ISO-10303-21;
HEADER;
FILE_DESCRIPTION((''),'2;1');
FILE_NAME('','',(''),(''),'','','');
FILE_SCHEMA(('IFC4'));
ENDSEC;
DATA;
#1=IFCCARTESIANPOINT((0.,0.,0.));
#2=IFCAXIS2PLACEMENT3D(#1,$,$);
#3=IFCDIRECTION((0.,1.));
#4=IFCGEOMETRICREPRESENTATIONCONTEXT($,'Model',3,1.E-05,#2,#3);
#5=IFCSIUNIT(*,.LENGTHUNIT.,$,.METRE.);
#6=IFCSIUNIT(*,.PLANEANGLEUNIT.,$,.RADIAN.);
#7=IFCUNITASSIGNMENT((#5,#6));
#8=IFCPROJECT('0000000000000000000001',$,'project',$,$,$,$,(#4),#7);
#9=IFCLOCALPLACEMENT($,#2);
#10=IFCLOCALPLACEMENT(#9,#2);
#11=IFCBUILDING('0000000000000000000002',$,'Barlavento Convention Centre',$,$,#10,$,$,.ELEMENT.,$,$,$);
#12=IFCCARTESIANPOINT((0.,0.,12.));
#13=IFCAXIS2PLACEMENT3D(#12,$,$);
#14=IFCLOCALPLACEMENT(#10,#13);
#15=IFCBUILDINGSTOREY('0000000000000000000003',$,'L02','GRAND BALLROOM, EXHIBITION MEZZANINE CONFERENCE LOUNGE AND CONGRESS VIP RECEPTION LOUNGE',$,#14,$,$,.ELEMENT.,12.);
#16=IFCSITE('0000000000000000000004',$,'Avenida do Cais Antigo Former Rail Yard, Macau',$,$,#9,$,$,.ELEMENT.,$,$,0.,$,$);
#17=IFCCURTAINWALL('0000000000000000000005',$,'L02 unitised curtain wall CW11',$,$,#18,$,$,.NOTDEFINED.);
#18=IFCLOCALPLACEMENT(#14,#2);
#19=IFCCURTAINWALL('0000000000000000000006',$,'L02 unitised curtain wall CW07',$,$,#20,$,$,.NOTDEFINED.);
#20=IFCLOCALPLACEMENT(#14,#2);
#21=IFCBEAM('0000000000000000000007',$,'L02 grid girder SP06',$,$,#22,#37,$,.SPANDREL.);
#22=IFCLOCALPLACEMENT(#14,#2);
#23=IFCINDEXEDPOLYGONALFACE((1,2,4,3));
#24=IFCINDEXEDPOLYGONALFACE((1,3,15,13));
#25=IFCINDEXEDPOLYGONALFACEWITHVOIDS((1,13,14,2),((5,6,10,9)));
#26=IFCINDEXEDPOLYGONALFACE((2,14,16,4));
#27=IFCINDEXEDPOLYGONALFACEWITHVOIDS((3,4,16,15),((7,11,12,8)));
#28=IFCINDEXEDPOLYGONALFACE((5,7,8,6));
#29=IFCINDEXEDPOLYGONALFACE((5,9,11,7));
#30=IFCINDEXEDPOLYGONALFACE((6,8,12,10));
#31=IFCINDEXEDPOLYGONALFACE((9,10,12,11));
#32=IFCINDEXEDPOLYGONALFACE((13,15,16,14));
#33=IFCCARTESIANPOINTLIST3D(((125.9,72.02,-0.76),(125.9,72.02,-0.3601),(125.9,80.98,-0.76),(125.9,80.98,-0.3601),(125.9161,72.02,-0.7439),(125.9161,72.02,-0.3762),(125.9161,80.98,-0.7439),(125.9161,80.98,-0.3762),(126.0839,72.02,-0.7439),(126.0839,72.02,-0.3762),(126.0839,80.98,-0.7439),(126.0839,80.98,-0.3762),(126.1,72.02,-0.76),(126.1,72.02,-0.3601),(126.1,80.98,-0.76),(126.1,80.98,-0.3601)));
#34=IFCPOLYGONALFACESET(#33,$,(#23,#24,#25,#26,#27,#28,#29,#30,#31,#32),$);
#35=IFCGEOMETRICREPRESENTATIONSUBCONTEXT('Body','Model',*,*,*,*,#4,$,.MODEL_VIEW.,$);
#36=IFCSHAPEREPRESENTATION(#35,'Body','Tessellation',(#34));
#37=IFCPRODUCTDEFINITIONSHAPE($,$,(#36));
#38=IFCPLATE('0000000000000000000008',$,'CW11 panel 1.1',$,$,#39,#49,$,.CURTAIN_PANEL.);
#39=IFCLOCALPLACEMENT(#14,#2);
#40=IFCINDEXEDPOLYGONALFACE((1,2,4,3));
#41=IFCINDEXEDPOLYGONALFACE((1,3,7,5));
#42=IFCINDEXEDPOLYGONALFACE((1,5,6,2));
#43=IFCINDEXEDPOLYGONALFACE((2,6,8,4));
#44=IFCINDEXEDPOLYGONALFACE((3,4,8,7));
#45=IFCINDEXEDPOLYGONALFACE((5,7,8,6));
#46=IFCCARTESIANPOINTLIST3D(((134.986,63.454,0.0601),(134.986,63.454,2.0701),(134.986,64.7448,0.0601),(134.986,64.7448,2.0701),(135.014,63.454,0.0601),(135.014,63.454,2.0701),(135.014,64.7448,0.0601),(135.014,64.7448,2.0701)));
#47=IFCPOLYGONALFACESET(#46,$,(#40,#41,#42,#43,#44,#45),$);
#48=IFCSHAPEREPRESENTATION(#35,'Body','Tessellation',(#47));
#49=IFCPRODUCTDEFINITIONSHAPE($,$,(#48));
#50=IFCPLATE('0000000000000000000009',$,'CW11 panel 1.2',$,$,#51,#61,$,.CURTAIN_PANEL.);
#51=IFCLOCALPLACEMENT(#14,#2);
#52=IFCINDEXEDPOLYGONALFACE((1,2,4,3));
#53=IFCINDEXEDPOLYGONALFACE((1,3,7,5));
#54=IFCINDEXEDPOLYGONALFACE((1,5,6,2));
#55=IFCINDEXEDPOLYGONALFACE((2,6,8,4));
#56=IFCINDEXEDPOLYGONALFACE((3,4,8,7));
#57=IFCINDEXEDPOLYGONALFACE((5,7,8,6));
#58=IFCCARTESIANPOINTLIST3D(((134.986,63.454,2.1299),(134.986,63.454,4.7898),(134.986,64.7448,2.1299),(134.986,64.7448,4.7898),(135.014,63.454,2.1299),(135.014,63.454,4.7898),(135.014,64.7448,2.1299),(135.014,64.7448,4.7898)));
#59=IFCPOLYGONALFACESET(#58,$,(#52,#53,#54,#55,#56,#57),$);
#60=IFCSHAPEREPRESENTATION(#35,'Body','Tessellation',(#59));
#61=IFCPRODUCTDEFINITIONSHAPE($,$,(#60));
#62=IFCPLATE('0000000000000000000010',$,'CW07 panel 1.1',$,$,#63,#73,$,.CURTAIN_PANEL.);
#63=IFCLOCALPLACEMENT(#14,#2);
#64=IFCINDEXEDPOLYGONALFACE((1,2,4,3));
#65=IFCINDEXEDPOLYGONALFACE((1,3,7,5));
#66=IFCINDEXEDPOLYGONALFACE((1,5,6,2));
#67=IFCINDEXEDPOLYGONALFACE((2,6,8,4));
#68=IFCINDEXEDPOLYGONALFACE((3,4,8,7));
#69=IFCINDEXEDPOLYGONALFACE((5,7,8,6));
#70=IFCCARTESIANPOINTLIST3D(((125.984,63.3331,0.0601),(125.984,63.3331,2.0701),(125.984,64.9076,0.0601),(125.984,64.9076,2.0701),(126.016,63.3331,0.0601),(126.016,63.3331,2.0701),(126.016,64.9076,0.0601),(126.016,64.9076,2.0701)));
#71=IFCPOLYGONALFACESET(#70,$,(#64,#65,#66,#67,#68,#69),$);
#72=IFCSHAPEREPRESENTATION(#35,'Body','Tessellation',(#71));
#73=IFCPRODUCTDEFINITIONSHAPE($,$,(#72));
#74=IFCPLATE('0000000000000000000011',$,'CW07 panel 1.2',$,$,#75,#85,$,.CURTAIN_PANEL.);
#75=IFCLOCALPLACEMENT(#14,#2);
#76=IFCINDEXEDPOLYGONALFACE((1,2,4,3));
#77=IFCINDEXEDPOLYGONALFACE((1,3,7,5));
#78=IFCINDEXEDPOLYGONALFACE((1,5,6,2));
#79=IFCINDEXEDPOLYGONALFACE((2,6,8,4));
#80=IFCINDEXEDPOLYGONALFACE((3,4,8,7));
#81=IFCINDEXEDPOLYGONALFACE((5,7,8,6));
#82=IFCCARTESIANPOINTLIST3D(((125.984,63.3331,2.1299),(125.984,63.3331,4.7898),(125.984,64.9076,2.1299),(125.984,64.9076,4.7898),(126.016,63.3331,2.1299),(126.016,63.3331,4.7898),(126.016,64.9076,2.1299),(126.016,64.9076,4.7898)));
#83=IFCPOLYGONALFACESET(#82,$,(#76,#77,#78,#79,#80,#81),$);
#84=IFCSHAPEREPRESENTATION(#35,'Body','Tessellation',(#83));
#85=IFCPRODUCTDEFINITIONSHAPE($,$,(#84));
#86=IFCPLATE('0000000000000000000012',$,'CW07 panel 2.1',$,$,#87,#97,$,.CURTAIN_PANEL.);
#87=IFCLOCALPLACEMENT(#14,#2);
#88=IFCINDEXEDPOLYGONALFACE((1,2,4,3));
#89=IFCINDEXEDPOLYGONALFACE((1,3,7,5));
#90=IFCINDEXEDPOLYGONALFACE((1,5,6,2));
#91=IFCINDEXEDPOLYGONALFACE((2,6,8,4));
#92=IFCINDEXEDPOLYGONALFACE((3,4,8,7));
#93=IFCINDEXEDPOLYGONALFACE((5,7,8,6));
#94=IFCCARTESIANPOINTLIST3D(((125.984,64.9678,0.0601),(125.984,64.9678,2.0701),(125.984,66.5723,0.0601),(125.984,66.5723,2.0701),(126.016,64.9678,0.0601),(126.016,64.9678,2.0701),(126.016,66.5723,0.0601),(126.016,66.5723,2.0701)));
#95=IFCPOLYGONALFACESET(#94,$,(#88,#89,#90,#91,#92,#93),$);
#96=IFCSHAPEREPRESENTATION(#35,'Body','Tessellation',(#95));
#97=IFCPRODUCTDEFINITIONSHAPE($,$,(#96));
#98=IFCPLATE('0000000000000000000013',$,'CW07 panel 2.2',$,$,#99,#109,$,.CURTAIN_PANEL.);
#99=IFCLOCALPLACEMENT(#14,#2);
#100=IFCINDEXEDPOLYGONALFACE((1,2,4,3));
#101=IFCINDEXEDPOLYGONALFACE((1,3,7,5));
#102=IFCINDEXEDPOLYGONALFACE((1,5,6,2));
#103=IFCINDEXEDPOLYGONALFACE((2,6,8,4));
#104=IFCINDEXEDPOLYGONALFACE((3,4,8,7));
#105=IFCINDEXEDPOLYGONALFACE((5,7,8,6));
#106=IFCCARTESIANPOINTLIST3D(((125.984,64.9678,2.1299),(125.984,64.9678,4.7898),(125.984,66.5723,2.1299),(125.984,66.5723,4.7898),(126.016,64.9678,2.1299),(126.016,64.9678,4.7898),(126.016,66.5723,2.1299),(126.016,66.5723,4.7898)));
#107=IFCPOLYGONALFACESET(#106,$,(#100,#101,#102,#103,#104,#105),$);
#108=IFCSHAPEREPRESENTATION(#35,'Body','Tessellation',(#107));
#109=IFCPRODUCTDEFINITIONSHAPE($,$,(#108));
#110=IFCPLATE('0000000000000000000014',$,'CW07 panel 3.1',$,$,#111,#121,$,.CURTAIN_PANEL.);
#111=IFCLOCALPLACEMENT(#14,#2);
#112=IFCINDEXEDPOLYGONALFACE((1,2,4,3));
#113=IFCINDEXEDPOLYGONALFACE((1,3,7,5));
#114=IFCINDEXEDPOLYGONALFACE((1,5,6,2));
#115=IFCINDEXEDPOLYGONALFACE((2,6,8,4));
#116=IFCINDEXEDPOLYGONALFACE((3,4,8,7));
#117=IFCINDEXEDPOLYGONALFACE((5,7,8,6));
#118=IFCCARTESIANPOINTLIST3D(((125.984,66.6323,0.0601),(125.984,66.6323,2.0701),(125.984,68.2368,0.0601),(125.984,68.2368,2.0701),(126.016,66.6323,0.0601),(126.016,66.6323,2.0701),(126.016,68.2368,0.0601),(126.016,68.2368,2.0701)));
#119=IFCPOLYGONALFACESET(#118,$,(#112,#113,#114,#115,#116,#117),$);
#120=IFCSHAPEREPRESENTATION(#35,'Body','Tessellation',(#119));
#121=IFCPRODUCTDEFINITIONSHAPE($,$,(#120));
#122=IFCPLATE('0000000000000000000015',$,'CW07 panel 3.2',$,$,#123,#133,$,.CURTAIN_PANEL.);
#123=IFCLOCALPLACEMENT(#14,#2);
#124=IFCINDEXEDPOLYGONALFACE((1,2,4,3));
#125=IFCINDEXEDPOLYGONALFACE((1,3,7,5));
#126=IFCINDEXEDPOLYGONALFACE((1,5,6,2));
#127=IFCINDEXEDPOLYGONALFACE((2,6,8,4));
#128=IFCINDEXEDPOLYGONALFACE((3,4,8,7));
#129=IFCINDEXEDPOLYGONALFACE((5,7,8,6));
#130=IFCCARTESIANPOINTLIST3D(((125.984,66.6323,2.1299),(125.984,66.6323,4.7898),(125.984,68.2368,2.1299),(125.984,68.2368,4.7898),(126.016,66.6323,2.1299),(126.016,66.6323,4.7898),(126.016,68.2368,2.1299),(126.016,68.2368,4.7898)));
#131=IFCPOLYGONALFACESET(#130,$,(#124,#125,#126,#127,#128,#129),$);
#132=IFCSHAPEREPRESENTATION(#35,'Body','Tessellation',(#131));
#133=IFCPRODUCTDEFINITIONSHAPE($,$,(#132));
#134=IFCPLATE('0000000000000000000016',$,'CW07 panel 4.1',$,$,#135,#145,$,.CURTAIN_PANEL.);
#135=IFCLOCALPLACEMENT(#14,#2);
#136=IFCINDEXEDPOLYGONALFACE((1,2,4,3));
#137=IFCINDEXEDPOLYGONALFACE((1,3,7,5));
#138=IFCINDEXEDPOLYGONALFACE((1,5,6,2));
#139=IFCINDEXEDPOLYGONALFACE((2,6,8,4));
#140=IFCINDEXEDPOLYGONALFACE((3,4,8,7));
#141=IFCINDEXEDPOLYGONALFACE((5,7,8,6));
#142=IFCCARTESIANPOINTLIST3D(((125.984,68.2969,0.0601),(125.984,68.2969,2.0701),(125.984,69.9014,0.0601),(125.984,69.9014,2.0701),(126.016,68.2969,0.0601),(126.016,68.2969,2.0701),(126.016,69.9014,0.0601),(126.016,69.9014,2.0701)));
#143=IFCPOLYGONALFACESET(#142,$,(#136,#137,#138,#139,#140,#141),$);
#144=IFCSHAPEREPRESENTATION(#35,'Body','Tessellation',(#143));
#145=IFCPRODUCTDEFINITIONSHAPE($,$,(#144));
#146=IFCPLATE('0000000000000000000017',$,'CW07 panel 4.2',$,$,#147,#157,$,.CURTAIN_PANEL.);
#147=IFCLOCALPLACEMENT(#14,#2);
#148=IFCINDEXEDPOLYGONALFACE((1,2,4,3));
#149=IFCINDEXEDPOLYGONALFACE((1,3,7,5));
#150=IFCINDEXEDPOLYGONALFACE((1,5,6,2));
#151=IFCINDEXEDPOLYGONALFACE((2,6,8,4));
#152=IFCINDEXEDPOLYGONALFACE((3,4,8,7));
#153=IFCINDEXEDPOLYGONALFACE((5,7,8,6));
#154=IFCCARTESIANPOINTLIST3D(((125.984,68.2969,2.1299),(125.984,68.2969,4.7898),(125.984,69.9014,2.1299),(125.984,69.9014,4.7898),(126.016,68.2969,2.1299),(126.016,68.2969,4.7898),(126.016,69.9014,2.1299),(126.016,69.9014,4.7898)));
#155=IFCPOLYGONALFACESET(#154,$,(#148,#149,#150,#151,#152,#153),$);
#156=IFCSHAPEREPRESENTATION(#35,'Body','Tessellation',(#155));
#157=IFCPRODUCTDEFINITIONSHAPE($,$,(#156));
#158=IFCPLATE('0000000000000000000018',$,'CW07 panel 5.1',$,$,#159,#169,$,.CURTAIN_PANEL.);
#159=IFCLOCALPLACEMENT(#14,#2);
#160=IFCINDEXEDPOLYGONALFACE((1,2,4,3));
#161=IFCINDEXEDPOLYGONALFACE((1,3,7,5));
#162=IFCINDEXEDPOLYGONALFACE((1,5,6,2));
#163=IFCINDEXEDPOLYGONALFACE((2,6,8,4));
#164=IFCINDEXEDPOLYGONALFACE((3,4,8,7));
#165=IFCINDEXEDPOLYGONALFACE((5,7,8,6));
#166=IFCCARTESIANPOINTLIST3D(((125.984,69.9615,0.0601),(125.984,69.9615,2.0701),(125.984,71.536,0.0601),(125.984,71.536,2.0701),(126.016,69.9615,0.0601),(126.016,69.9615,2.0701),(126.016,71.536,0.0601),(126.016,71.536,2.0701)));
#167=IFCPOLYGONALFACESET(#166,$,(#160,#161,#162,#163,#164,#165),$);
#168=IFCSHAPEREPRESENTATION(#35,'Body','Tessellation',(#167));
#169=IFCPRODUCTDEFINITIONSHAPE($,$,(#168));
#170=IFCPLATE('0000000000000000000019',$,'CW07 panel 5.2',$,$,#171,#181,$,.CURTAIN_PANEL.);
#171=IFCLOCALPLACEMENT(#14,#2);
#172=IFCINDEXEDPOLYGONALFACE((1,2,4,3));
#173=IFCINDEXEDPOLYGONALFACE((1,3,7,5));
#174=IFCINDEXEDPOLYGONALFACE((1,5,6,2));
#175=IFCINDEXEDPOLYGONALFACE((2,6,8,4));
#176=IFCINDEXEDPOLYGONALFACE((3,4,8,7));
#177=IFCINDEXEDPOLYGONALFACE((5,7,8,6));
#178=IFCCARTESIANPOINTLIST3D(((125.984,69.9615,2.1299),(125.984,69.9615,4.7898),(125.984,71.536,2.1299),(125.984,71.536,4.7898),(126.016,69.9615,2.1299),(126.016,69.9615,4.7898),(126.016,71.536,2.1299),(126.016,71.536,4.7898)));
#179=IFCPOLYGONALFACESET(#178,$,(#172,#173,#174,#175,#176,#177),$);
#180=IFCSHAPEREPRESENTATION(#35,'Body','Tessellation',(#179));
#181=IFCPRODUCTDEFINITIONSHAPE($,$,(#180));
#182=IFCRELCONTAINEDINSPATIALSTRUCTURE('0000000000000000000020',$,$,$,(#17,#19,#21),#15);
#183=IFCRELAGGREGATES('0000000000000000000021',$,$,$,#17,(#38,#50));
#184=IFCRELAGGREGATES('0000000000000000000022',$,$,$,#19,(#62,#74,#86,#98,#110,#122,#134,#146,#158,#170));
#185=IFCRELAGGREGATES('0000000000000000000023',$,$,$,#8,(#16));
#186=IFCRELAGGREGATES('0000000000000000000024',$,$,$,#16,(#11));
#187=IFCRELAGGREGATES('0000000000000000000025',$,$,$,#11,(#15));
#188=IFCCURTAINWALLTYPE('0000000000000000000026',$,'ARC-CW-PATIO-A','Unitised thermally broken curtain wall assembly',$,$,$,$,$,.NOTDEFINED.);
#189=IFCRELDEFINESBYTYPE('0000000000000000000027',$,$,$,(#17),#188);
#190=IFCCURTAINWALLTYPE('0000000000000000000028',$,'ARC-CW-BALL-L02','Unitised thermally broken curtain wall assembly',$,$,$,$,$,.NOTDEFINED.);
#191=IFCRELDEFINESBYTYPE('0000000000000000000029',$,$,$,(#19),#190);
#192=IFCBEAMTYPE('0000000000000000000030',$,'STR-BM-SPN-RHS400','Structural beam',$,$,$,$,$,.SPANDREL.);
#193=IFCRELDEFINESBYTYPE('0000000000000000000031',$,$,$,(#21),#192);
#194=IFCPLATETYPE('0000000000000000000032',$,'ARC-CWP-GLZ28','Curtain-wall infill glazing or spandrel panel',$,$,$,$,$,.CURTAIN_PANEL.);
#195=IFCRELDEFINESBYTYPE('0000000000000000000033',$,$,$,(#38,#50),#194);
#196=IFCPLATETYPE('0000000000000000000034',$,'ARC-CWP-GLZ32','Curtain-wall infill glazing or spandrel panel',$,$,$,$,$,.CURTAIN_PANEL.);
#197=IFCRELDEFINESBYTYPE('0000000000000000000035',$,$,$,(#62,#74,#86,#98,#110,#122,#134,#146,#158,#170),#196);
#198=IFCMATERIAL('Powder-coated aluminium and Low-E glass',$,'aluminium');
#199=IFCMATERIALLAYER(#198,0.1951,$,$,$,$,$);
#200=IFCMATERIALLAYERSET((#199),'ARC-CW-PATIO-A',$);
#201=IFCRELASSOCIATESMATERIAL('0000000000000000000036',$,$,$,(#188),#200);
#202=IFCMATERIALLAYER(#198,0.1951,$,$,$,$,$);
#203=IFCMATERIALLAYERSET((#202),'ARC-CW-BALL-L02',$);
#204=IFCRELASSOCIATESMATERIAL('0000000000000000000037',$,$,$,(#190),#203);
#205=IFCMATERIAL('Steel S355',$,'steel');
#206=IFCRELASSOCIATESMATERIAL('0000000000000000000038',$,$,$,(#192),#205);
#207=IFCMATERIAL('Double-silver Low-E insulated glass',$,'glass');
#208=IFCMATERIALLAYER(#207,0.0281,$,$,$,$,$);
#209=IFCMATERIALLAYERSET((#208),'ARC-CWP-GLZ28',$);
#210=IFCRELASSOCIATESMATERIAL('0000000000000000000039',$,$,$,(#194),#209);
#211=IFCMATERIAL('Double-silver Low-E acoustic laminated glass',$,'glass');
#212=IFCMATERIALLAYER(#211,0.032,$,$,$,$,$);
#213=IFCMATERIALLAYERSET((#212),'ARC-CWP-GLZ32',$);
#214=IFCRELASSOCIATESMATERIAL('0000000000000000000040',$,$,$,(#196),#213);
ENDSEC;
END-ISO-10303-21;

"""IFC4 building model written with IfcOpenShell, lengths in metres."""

from ifc_helpers import new_model, si_unit, direction, frame, origin, origin_2d, place, context, subcontext, project, spatial, rectangle, hollow_rectangle, extrude, material, layer, layer_set, material_profile, profile_set, type_object, element, aggregate, save


model = new_model("IFC4")

# Units and contexts
model_context = context("Model", 3, precision=1e-05, world=origin(), true_north=direction((0.0, 1.0)))
body_context = subcontext(model_context, "Body", "Model", "MODEL_VIEW")
ifc_project = project(units=[si_unit("LENGTHUNIT", "METRE"), si_unit("PLANEANGLEUNIT", "RADIAN")], contexts=[model_context])

# Site, building, storey
site_placement = place(None, origin())
site = spatial("IfcSite", under=ifc_project, at=site_placement, Name="Avenida do Cais Antigo Former Rail Yard, Macau", CompositionType="ELEMENT", RefElevation=0.0)
building_placement = place(site_placement, origin())
building = spatial("IfcBuilding", under=site, at=building_placement, Name="Barlavento Convention Centre", CompositionType="ELEMENT")
storey_placement = place(building_placement, frame((0.0, 0.0, 12.0)))
storey = spatial("IfcBuildingStorey", under=building, at=storey_placement, Name="L02", Description="GRAND BALLROOM, EXHIBITION MEZZANINE CONFERENCE LOUNGE AND CONGRESS VIP RECEPTION LOUNGE", CompositionType="ELEMENT", Elevation=12.0)

# Curtain walls
ifc_material_1 = material(Name="Powder-coated aluminium and Low-E glass", Category="aluminium")
ifc_layer_1 = layer(ifc_material_1, 0.1951)
ifc_layer_set_1 = layer_set([ifc_layer_1], Name="ARC-CW-PATIO-A")
curtain_wall_type_1 = type_object("IfcCurtainWallType", Name="ARC-CW-PATIO-A", Description="Unitised thermally broken curtain wall assembly", PredefinedType="NOTDEFINED", material=ifc_layer_set_1)
curtain_wall_1_placement = place(storey_placement, origin())
curtain_wall_1 = element("IfcCurtainWall", 1, at=curtain_wall_1_placement, inside=storey, type_object=curtain_wall_type_1, Name="L02 unitised curtain wall CW11", PredefinedType="NOTDEFINED")
ifc_layer_2 = layer(ifc_material_1, 0.1951)
ifc_layer_set_2 = layer_set([ifc_layer_2], Name="ARC-CW-BALL-L02")
curtain_wall_type_2 = type_object("IfcCurtainWallType", Name="ARC-CW-BALL-L02", Description="Unitised thermally broken curtain wall assembly", PredefinedType="NOTDEFINED", material=ifc_layer_set_2)
curtain_wall_2_placement = place(storey_placement, origin())
curtain_wall_2 = element("IfcCurtainWall", 2, at=curtain_wall_2_placement, inside=storey, type_object=curtain_wall_type_2, Name="L02 unitised curtain wall CW07", PredefinedType="NOTDEFINED")

# Beam
ifc_material_2 = material(Name="Steel S355", Category="steel")
ifc_material_profile_1 = material_profile(ifc_material_2, hollow_rectangle(XDim=0.2, YDim=0.3999, WallThickness=0.0161, at=origin_2d()), Name="RHS 400x200x16.0")
ifc_profile_set_1 = profile_set([ifc_material_profile_1], Name="Steel S355")
beam_type_1 = type_object("IfcBeamType", Name="STR-BM-SPN-RHS400", Description="Structural beam", PredefinedType="SPANDREL", material=ifc_profile_set_1)
beam_1_placement = place(storey_placement, frame((126.0, 72.02, -0.5601), z_axis=(0.0, 1.0, 0.0), x_axis=(-1.0, 0.0, 0.0)))
element("IfcBeam", 3, at=beam_1_placement, inside=storey, type_object=beam_type_1, Name="L02 grid girder SP06", PredefinedType="SPANDREL", context=body_context, shape_type="SweptSolid", body=[
    extrude(hollow_rectangle(XDim=0.2, YDim=0.3999, WallThickness=0.0161, at=origin_2d()), origin(), (0.0, 0.0, 1.0), 8.96),
])

# Plates
ifc_material_3 = material(Name="Double-silver Low-E insulated glass", Category="glass")
ifc_layer_3 = layer(ifc_material_3, 0.0281)
ifc_layer_set_3 = layer_set([ifc_layer_3], Name="ARC-CWP-GLZ28")
plate_type_1 = type_object("IfcPlateType", Name="ARC-CWP-GLZ28", Description="Curtain-wall infill glazing or spandrel panel", PredefinedType="CURTAIN_PANEL", material=ifc_layer_set_3)
plate_1_placement = place(storey_placement, frame((135.0, 64.0994, 0.0601), z_axis=(0.0, 0.0, 1.0), x_axis=(0.0, 1.0, 0.0)))
plate_1 = element("IfcPlate", 4, at=plate_1_placement, type_object=plate_type_1, Name="CW11 panel 1.1", PredefinedType="CURTAIN_PANEL", context=body_context, shape_type="SweptSolid", body=[
    extrude(rectangle(XDim=1.2908, YDim=0.0281, at=origin_2d()), origin(), (0.0, 0.0, 1.0), 2.01),
])
plate_2_placement = place(storey_placement, frame((135.0, 64.0994, 2.1299), z_axis=(0.0, 0.0, 1.0), x_axis=(0.0, 1.0, 0.0)))
plate_2 = element("IfcPlate", 5, at=plate_2_placement, type_object=plate_type_1, Name="CW11 panel 1.2", PredefinedType="CURTAIN_PANEL", context=body_context, shape_type="SweptSolid", body=[
    extrude(rectangle(XDim=1.2908, YDim=0.0281, at=origin_2d()), origin(), (0.0, 0.0, 1.0), 2.6599),
])
aggregate(curtain_wall_1, [plate_1, plate_2])
ifc_material_4 = material(Name="Double-silver Low-E acoustic laminated glass", Category="glass")
ifc_layer_4 = layer(ifc_material_4, 0.032)
ifc_layer_set_4 = layer_set([ifc_layer_4], Name="ARC-CWP-GLZ32")
plate_type_2 = type_object("IfcPlateType", Name="ARC-CWP-GLZ32", Description="Curtain-wall infill glazing or spandrel panel", PredefinedType="CURTAIN_PANEL", material=ifc_layer_set_4)
plate_3_placement = place(storey_placement, frame((126.0, 64.1204, 0.0601), z_axis=(0.0, 0.0, 1.0), x_axis=(0.0, 1.0, 0.0)))
plate_3 = element("IfcPlate", 6, at=plate_3_placement, type_object=plate_type_2, Name="CW07 panel 1.1", PredefinedType="CURTAIN_PANEL", context=body_context, shape_type="SweptSolid", body=[
    extrude(rectangle(XDim=1.5745, YDim=0.032, at=origin_2d()), origin(), (0.0, 0.0, 1.0), 2.01),
])
plate_4_placement = place(storey_placement, frame((126.0, 64.1204, 2.1299), z_axis=(0.0, 0.0, 1.0), x_axis=(0.0, 1.0, 0.0)))
plate_4 = element("IfcPlate", 7, at=plate_4_placement, type_object=plate_type_2, Name="CW07 panel 1.2", PredefinedType="CURTAIN_PANEL", context=body_context, shape_type="SweptSolid", body=[
    extrude(rectangle(XDim=1.5745, YDim=0.032, at=origin_2d()), origin(), (0.0, 0.0, 1.0), 2.6599),
])
plate_5_placement = place(storey_placement, frame((126.0, 65.77, 0.0601), z_axis=(0.0, 0.0, 1.0), x_axis=(0.0, 1.0, 0.0)))
plate_5 = element("IfcPlate", 8, at=plate_5_placement, type_object=plate_type_2, Name="CW07 panel 2.1", PredefinedType="CURTAIN_PANEL", context=body_context, shape_type="SweptSolid", body=[
    extrude(rectangle(XDim=1.6045, YDim=0.032, at=origin_2d()), origin(), (0.0, 0.0, 1.0), 2.01),
])
plate_6_placement = place(storey_placement, frame((126.0, 65.77, 2.1299), z_axis=(0.0, 0.0, 1.0), x_axis=(0.0, 1.0, 0.0)))
plate_6 = element("IfcPlate", 9, at=plate_6_placement, type_object=plate_type_2, Name="CW07 panel 2.2", PredefinedType="CURTAIN_PANEL", context=body_context, shape_type="SweptSolid", body=[
    extrude(rectangle(XDim=1.6045, YDim=0.032, at=origin_2d()), origin(), (0.0, 0.0, 1.0), 2.6599),
])
plate_7_placement = place(storey_placement, frame((126.0, 67.4346, 0.0601), z_axis=(0.0, 0.0, 1.0), x_axis=(0.0, 1.0, 0.0)))
plate_7 = element("IfcPlate", 10, at=plate_7_placement, type_object=plate_type_2, Name="CW07 panel 3.1", PredefinedType="CURTAIN_PANEL", context=body_context, shape_type="SweptSolid", body=[
    extrude(rectangle(XDim=1.6045, YDim=0.032, at=origin_2d()), origin(), (0.0, 0.0, 1.0), 2.01),
])
plate_8_placement = place(storey_placement, frame((126.0, 67.4346, 2.1299), z_axis=(0.0, 0.0, 1.0), x_axis=(0.0, 1.0, 0.0)))
plate_8 = element("IfcPlate", 11, at=plate_8_placement, type_object=plate_type_2, Name="CW07 panel 3.2", PredefinedType="CURTAIN_PANEL", context=body_context, shape_type="SweptSolid", body=[
    extrude(rectangle(XDim=1.6045, YDim=0.032, at=origin_2d()), origin(), (0.0, 0.0, 1.0), 2.6599),
])
plate_9_placement = place(storey_placement, frame((126.0, 69.0991, 0.0601), z_axis=(0.0, 0.0, 1.0), x_axis=(0.0, 1.0, 0.0)))
plate_9 = element("IfcPlate", 12, at=plate_9_placement, type_object=plate_type_2, Name="CW07 panel 4.1", PredefinedType="CURTAIN_PANEL", context=body_context, shape_type="SweptSolid", body=[
    extrude(rectangle(XDim=1.6045, YDim=0.032, at=origin_2d()), origin(), (0.0, 0.0, 1.0), 2.01),
])
plate_10_placement = place(storey_placement, frame((126.0, 69.0991, 2.1299), z_axis=(0.0, 0.0, 1.0), x_axis=(0.0, 1.0, 0.0)))
plate_10 = element("IfcPlate", 13, at=plate_10_placement, type_object=plate_type_2, Name="CW07 panel 4.2", PredefinedType="CURTAIN_PANEL", context=body_context, shape_type="SweptSolid", body=[
    extrude(rectangle(XDim=1.6045, YDim=0.032, at=origin_2d()), origin(), (0.0, 0.0, 1.0), 2.6599),
])
plate_11_placement = place(storey_placement, frame((126.0, 70.7488, 0.0601), z_axis=(0.0, 0.0, 1.0), x_axis=(0.0, 1.0, 0.0)))
plate_11 = element("IfcPlate", 14, at=plate_11_placement, type_object=plate_type_2, Name="CW07 panel 5.1", PredefinedType="CURTAIN_PANEL", context=body_context, shape_type="SweptSolid", body=[
    extrude(rectangle(XDim=1.5745, YDim=0.032, at=origin_2d()), origin(), (0.0, 0.0, 1.0), 2.01),
])
plate_12_placement = place(storey_placement, frame((126.0, 70.7488, 2.1299), z_axis=(0.0, 0.0, 1.0), x_axis=(0.0, 1.0, 0.0)))
plate_12 = element("IfcPlate", 15, at=plate_12_placement, type_object=plate_type_2, Name="CW07 panel 5.2", PredefinedType="CURTAIN_PANEL", context=body_context, shape_type="SweptSolid", body=[
    extrude(rectangle(XDim=1.5745, YDim=0.032, at=origin_2d()), origin(), (0.0, 0.0, 1.0), 2.6599),
])
aggregate(curtain_wall_2, [plate_3, plate_4, plate_5, plate_6, plate_7, plate_8, plate_9, plate_10, plate_11, plate_12])

save(model, "model.ifc")
